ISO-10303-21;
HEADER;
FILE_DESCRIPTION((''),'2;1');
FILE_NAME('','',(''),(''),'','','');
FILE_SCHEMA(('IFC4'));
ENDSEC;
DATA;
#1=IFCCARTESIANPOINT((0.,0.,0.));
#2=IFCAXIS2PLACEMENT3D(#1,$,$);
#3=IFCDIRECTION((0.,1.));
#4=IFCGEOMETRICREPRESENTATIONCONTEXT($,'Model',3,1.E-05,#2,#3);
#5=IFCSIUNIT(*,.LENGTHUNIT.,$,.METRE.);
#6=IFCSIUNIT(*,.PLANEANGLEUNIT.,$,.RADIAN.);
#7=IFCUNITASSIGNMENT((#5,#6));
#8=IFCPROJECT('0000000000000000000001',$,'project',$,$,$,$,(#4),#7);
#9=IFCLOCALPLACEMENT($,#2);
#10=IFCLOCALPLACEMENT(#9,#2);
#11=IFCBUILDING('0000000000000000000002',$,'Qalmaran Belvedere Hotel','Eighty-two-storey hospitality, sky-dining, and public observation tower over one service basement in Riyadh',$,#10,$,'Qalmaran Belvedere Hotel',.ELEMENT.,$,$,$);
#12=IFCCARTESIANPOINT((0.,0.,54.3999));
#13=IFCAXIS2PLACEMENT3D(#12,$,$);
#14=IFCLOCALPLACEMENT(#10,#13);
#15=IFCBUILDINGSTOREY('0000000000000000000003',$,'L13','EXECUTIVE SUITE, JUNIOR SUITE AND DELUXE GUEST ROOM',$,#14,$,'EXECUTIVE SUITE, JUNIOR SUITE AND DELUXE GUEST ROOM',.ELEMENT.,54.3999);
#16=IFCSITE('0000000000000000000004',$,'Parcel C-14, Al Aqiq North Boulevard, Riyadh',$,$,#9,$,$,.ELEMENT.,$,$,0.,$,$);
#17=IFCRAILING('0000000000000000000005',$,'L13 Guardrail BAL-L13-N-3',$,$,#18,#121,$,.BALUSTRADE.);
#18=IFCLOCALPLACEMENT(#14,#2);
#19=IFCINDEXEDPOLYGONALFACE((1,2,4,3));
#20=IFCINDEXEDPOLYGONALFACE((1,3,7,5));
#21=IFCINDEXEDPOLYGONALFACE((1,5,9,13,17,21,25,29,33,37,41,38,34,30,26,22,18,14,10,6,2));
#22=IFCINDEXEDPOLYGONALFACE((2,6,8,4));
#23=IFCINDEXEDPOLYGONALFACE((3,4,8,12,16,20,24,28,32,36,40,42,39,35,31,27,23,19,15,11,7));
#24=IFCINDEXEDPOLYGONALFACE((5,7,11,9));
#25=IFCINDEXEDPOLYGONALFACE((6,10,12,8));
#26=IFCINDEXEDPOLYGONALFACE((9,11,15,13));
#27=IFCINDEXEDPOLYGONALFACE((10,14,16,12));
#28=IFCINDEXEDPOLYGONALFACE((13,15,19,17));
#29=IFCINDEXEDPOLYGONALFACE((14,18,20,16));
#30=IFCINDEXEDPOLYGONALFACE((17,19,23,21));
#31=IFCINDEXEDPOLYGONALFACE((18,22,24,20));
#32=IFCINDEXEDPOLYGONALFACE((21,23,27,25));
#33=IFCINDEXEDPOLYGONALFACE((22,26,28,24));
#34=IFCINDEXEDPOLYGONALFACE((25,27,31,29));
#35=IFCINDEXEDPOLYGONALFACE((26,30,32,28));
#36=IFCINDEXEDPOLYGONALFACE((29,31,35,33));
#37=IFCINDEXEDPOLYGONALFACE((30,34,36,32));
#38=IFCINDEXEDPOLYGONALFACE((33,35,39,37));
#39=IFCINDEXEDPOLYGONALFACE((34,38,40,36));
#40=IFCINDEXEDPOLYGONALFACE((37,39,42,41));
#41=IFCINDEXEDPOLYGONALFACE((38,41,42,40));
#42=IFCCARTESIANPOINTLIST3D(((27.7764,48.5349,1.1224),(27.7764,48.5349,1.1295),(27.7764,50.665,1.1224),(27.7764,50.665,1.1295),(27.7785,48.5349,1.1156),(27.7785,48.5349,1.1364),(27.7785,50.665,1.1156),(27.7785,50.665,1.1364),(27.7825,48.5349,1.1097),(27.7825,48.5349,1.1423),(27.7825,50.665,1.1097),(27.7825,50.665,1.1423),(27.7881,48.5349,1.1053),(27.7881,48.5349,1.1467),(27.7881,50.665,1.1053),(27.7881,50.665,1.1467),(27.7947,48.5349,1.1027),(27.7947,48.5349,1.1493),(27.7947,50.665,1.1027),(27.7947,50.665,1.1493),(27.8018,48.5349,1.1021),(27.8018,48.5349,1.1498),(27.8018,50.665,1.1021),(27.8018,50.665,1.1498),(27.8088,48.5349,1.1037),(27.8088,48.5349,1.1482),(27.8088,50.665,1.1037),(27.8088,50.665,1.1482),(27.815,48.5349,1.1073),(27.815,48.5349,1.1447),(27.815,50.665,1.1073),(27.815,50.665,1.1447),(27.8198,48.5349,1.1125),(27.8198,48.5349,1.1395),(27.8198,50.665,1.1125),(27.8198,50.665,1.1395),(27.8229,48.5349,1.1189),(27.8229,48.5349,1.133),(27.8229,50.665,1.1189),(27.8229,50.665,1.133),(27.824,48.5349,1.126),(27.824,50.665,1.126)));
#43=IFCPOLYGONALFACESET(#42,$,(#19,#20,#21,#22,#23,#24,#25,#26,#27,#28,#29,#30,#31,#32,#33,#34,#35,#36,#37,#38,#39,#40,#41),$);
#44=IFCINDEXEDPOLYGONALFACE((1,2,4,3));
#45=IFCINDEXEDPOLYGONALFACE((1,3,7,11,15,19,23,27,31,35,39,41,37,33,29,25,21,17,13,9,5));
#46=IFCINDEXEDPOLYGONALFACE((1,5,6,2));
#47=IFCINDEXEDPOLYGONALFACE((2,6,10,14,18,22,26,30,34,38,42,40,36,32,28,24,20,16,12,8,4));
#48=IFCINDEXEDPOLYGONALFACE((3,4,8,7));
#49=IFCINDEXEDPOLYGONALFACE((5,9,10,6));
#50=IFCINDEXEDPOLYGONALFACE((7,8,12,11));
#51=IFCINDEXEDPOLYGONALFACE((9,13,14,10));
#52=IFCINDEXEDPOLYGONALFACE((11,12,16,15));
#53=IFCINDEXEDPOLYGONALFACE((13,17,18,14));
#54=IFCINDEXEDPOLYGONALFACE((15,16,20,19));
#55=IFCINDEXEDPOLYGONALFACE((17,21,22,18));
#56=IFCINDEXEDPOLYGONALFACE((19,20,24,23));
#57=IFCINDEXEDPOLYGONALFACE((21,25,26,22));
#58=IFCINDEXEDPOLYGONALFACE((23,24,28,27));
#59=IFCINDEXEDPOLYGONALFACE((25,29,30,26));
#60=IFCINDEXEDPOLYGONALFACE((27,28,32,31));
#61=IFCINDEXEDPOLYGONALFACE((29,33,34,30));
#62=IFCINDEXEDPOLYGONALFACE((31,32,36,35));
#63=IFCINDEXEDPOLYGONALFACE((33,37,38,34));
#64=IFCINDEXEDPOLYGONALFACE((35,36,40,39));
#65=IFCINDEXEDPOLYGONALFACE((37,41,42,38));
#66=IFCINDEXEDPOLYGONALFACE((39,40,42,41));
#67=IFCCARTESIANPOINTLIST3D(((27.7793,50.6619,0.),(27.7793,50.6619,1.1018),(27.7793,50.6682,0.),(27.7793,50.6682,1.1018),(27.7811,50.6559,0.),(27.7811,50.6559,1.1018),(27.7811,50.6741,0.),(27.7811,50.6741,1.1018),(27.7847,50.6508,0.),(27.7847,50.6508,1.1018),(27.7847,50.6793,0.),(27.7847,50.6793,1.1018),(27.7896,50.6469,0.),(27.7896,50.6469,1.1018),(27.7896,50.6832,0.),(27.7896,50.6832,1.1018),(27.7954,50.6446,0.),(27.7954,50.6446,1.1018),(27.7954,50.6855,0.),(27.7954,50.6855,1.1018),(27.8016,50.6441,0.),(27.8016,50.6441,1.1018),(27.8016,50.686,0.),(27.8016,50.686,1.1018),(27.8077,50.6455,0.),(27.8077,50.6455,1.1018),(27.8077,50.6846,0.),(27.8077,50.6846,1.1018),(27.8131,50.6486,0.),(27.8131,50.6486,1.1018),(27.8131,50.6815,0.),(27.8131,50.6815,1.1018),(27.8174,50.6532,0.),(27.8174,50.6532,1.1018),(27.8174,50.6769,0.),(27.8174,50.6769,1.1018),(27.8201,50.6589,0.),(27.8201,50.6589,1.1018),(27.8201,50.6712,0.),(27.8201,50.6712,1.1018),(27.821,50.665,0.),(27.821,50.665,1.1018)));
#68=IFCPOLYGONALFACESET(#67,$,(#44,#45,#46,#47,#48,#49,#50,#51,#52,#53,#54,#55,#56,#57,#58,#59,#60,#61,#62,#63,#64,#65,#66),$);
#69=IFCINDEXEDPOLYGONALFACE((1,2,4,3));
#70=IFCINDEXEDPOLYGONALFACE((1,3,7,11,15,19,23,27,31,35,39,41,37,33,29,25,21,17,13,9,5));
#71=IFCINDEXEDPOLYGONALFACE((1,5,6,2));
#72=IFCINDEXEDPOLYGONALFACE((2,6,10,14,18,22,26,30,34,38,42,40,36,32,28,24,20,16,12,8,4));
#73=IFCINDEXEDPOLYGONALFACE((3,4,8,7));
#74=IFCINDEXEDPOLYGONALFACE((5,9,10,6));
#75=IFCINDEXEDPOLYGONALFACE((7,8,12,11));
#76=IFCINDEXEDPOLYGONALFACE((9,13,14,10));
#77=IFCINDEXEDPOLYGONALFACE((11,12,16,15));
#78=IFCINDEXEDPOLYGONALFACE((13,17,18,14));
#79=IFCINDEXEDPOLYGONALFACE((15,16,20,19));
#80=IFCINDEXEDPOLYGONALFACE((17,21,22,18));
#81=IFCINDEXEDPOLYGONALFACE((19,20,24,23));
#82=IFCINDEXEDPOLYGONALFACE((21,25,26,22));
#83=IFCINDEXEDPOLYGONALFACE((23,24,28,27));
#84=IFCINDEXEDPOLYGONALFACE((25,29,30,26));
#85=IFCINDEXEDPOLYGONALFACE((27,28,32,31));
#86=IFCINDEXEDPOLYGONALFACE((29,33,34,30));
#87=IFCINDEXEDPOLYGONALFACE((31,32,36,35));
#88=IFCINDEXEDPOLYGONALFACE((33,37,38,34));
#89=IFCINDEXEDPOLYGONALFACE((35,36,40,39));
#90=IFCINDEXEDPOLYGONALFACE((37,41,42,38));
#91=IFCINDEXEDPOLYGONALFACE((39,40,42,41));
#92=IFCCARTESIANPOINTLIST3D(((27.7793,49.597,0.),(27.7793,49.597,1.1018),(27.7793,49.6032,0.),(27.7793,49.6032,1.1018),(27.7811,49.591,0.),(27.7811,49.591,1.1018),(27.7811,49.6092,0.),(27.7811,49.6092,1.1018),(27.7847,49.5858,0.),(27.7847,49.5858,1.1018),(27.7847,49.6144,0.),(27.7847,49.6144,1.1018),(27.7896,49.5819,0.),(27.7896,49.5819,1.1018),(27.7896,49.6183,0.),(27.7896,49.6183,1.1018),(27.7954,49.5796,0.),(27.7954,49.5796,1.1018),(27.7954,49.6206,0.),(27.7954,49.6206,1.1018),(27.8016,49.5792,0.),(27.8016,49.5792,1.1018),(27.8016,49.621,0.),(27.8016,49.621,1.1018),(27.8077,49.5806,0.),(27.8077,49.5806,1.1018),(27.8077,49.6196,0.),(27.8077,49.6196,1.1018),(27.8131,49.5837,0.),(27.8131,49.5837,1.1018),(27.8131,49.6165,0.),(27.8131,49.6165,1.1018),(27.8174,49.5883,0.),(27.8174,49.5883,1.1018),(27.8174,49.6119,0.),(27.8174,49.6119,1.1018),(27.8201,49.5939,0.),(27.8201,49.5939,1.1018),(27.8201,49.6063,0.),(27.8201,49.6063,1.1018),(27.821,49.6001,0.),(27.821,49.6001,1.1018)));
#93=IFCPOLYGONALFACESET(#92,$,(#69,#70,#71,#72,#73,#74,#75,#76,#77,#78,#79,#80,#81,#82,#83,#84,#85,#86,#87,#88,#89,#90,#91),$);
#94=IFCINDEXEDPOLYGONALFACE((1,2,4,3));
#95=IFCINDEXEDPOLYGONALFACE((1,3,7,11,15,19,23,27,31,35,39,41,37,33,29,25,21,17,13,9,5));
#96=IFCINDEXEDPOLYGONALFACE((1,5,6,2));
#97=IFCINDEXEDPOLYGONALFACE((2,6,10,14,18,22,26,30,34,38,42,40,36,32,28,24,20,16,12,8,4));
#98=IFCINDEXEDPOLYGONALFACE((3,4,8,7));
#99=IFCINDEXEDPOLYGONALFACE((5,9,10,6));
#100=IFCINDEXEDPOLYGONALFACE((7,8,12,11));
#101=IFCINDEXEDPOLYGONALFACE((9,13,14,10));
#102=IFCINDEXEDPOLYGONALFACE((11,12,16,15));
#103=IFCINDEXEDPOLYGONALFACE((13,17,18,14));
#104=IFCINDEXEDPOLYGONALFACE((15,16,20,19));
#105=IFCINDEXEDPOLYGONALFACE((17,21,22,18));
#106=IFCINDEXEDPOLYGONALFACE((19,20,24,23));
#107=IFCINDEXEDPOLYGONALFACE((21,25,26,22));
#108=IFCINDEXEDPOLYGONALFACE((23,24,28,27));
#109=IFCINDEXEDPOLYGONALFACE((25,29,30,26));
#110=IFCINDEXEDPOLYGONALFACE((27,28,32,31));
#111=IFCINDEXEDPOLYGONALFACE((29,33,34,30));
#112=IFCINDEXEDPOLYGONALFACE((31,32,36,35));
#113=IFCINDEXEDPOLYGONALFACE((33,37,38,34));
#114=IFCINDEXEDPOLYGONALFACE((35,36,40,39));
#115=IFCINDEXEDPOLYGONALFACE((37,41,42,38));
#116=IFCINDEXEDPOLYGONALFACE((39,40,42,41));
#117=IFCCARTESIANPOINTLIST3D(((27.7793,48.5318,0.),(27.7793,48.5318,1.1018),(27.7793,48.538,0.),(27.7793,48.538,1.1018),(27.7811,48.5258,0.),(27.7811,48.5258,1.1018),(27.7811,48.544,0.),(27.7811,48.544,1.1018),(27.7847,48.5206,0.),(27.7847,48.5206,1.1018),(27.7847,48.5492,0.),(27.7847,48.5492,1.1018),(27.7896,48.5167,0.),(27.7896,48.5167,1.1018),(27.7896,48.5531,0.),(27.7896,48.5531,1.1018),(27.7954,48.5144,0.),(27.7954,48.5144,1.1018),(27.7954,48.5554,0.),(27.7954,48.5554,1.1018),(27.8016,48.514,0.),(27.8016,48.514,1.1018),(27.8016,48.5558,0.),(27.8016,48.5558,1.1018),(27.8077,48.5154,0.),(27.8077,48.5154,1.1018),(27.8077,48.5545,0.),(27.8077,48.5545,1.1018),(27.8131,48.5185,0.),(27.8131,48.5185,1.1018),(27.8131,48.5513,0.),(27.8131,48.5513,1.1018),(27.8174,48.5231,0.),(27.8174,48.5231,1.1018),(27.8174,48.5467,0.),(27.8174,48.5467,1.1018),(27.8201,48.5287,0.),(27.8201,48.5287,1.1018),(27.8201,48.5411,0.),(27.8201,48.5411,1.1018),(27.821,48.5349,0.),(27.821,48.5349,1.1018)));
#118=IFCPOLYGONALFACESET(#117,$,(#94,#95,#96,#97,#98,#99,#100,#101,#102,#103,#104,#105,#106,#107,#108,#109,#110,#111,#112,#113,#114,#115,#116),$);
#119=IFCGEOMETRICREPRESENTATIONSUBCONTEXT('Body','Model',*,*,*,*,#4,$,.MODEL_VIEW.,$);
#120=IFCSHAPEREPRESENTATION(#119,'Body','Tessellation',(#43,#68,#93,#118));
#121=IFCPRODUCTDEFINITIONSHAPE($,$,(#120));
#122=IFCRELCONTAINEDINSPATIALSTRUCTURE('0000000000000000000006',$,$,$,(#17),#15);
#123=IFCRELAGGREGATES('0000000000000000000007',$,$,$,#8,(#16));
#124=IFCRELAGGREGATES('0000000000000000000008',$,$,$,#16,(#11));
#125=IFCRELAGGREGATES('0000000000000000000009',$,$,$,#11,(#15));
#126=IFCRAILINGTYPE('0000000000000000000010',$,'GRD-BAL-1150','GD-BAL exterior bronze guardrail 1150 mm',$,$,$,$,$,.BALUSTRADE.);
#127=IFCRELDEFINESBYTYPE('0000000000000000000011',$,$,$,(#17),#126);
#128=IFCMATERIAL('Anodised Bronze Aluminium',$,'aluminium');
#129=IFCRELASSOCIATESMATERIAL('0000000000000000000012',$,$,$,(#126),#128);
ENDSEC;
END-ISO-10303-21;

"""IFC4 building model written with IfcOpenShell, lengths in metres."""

from ifc_helpers import new_model, si_unit, direction, frame, origin, origin_2d, place, context, subcontext, project, spatial, circle, extrude, material, type_object, element, save


model = new_model("IFC4")

# Units and contexts
model_context = context("Model", 3, precision=1e-05, world=origin(), true_north=direction((0.0, 1.0)))
body_context = subcontext(model_context, "Body", "Model", "MODEL_VIEW")
ifc_project = project(units=[si_unit("LENGTHUNIT", "METRE"), si_unit("PLANEANGLEUNIT", "RADIAN")], contexts=[model_context])

# Site, building, storey
site_placement = place(None, origin())
site = spatial("IfcSite", under=ifc_project, at=site_placement, Name="Parcel C-14, Al Aqiq North Boulevard, Riyadh", CompositionType="ELEMENT", RefElevation=0.0)
building_placement = place(site_placement, origin())
building = spatial("IfcBuilding", under=site, at=building_placement, Name="Qalmaran Belvedere Hotel", Description="Eighty-two-storey hospitality, sky-dining, and public observation tower over one service basement in Riyadh", LongName="Qalmaran Belvedere Hotel", CompositionType="ELEMENT")
storey_placement = place(building_placement, frame((0.0, 0.0, 54.3999)))
storey = spatial("IfcBuildingStorey", under=building, at=storey_placement, Name="L13", Description="EXECUTIVE SUITE, JUNIOR SUITE AND DELUXE GUEST ROOM", LongName="EXECUTIVE SUITE, JUNIOR SUITE AND DELUXE GUEST ROOM", CompositionType="ELEMENT", Elevation=54.3999)

# Shared definitions
ifc_material_1 = material(Name="Anodised Bronze Aluminium", Category="aluminium")

# Railing
railing_type = type_object("IfcRailingType", Name="GRD-BAL-1150", Description="GD-BAL exterior bronze guardrail 1150 mm", PredefinedType="BALUSTRADE", material=ifc_material_1)
railing_1_placement = place(storey_placement, frame((27.8, 50.665, 0.0)))
element("IfcRailing", 1, at=railing_1_placement, inside=storey, type_object=railing_type, Name="L13 Guardrail BAL-L13-N-3", PredefinedType="BALUSTRADE", context=body_context, shape_type="SweptSolid", body=[
    extrude(circle(Radius=0.0239, at=origin_2d()), frame((0.0, 0.0, 1.126), z_axis=(0.0, -1.0, 0.0), x_axis=(1.0, 0.0, 0.0)), (0.0, 0.0, 1.0), 2.1301),
    extrude(circle(Radius=0.021, at=origin_2d()), origin(), (0.0, 0.0, 1.0), 1.1018),
    extrude(circle(Radius=0.021, at=origin_2d()), frame((0.0, -1.0649, 0.0)), (0.0, 0.0, 1.0), 1.1018),
    extrude(circle(Radius=0.021, at=origin_2d()), frame((0.0, -2.1301, 0.0)), (0.0, 0.0, 1.0), 1.1018),
])

save(model, "model.ifc")
